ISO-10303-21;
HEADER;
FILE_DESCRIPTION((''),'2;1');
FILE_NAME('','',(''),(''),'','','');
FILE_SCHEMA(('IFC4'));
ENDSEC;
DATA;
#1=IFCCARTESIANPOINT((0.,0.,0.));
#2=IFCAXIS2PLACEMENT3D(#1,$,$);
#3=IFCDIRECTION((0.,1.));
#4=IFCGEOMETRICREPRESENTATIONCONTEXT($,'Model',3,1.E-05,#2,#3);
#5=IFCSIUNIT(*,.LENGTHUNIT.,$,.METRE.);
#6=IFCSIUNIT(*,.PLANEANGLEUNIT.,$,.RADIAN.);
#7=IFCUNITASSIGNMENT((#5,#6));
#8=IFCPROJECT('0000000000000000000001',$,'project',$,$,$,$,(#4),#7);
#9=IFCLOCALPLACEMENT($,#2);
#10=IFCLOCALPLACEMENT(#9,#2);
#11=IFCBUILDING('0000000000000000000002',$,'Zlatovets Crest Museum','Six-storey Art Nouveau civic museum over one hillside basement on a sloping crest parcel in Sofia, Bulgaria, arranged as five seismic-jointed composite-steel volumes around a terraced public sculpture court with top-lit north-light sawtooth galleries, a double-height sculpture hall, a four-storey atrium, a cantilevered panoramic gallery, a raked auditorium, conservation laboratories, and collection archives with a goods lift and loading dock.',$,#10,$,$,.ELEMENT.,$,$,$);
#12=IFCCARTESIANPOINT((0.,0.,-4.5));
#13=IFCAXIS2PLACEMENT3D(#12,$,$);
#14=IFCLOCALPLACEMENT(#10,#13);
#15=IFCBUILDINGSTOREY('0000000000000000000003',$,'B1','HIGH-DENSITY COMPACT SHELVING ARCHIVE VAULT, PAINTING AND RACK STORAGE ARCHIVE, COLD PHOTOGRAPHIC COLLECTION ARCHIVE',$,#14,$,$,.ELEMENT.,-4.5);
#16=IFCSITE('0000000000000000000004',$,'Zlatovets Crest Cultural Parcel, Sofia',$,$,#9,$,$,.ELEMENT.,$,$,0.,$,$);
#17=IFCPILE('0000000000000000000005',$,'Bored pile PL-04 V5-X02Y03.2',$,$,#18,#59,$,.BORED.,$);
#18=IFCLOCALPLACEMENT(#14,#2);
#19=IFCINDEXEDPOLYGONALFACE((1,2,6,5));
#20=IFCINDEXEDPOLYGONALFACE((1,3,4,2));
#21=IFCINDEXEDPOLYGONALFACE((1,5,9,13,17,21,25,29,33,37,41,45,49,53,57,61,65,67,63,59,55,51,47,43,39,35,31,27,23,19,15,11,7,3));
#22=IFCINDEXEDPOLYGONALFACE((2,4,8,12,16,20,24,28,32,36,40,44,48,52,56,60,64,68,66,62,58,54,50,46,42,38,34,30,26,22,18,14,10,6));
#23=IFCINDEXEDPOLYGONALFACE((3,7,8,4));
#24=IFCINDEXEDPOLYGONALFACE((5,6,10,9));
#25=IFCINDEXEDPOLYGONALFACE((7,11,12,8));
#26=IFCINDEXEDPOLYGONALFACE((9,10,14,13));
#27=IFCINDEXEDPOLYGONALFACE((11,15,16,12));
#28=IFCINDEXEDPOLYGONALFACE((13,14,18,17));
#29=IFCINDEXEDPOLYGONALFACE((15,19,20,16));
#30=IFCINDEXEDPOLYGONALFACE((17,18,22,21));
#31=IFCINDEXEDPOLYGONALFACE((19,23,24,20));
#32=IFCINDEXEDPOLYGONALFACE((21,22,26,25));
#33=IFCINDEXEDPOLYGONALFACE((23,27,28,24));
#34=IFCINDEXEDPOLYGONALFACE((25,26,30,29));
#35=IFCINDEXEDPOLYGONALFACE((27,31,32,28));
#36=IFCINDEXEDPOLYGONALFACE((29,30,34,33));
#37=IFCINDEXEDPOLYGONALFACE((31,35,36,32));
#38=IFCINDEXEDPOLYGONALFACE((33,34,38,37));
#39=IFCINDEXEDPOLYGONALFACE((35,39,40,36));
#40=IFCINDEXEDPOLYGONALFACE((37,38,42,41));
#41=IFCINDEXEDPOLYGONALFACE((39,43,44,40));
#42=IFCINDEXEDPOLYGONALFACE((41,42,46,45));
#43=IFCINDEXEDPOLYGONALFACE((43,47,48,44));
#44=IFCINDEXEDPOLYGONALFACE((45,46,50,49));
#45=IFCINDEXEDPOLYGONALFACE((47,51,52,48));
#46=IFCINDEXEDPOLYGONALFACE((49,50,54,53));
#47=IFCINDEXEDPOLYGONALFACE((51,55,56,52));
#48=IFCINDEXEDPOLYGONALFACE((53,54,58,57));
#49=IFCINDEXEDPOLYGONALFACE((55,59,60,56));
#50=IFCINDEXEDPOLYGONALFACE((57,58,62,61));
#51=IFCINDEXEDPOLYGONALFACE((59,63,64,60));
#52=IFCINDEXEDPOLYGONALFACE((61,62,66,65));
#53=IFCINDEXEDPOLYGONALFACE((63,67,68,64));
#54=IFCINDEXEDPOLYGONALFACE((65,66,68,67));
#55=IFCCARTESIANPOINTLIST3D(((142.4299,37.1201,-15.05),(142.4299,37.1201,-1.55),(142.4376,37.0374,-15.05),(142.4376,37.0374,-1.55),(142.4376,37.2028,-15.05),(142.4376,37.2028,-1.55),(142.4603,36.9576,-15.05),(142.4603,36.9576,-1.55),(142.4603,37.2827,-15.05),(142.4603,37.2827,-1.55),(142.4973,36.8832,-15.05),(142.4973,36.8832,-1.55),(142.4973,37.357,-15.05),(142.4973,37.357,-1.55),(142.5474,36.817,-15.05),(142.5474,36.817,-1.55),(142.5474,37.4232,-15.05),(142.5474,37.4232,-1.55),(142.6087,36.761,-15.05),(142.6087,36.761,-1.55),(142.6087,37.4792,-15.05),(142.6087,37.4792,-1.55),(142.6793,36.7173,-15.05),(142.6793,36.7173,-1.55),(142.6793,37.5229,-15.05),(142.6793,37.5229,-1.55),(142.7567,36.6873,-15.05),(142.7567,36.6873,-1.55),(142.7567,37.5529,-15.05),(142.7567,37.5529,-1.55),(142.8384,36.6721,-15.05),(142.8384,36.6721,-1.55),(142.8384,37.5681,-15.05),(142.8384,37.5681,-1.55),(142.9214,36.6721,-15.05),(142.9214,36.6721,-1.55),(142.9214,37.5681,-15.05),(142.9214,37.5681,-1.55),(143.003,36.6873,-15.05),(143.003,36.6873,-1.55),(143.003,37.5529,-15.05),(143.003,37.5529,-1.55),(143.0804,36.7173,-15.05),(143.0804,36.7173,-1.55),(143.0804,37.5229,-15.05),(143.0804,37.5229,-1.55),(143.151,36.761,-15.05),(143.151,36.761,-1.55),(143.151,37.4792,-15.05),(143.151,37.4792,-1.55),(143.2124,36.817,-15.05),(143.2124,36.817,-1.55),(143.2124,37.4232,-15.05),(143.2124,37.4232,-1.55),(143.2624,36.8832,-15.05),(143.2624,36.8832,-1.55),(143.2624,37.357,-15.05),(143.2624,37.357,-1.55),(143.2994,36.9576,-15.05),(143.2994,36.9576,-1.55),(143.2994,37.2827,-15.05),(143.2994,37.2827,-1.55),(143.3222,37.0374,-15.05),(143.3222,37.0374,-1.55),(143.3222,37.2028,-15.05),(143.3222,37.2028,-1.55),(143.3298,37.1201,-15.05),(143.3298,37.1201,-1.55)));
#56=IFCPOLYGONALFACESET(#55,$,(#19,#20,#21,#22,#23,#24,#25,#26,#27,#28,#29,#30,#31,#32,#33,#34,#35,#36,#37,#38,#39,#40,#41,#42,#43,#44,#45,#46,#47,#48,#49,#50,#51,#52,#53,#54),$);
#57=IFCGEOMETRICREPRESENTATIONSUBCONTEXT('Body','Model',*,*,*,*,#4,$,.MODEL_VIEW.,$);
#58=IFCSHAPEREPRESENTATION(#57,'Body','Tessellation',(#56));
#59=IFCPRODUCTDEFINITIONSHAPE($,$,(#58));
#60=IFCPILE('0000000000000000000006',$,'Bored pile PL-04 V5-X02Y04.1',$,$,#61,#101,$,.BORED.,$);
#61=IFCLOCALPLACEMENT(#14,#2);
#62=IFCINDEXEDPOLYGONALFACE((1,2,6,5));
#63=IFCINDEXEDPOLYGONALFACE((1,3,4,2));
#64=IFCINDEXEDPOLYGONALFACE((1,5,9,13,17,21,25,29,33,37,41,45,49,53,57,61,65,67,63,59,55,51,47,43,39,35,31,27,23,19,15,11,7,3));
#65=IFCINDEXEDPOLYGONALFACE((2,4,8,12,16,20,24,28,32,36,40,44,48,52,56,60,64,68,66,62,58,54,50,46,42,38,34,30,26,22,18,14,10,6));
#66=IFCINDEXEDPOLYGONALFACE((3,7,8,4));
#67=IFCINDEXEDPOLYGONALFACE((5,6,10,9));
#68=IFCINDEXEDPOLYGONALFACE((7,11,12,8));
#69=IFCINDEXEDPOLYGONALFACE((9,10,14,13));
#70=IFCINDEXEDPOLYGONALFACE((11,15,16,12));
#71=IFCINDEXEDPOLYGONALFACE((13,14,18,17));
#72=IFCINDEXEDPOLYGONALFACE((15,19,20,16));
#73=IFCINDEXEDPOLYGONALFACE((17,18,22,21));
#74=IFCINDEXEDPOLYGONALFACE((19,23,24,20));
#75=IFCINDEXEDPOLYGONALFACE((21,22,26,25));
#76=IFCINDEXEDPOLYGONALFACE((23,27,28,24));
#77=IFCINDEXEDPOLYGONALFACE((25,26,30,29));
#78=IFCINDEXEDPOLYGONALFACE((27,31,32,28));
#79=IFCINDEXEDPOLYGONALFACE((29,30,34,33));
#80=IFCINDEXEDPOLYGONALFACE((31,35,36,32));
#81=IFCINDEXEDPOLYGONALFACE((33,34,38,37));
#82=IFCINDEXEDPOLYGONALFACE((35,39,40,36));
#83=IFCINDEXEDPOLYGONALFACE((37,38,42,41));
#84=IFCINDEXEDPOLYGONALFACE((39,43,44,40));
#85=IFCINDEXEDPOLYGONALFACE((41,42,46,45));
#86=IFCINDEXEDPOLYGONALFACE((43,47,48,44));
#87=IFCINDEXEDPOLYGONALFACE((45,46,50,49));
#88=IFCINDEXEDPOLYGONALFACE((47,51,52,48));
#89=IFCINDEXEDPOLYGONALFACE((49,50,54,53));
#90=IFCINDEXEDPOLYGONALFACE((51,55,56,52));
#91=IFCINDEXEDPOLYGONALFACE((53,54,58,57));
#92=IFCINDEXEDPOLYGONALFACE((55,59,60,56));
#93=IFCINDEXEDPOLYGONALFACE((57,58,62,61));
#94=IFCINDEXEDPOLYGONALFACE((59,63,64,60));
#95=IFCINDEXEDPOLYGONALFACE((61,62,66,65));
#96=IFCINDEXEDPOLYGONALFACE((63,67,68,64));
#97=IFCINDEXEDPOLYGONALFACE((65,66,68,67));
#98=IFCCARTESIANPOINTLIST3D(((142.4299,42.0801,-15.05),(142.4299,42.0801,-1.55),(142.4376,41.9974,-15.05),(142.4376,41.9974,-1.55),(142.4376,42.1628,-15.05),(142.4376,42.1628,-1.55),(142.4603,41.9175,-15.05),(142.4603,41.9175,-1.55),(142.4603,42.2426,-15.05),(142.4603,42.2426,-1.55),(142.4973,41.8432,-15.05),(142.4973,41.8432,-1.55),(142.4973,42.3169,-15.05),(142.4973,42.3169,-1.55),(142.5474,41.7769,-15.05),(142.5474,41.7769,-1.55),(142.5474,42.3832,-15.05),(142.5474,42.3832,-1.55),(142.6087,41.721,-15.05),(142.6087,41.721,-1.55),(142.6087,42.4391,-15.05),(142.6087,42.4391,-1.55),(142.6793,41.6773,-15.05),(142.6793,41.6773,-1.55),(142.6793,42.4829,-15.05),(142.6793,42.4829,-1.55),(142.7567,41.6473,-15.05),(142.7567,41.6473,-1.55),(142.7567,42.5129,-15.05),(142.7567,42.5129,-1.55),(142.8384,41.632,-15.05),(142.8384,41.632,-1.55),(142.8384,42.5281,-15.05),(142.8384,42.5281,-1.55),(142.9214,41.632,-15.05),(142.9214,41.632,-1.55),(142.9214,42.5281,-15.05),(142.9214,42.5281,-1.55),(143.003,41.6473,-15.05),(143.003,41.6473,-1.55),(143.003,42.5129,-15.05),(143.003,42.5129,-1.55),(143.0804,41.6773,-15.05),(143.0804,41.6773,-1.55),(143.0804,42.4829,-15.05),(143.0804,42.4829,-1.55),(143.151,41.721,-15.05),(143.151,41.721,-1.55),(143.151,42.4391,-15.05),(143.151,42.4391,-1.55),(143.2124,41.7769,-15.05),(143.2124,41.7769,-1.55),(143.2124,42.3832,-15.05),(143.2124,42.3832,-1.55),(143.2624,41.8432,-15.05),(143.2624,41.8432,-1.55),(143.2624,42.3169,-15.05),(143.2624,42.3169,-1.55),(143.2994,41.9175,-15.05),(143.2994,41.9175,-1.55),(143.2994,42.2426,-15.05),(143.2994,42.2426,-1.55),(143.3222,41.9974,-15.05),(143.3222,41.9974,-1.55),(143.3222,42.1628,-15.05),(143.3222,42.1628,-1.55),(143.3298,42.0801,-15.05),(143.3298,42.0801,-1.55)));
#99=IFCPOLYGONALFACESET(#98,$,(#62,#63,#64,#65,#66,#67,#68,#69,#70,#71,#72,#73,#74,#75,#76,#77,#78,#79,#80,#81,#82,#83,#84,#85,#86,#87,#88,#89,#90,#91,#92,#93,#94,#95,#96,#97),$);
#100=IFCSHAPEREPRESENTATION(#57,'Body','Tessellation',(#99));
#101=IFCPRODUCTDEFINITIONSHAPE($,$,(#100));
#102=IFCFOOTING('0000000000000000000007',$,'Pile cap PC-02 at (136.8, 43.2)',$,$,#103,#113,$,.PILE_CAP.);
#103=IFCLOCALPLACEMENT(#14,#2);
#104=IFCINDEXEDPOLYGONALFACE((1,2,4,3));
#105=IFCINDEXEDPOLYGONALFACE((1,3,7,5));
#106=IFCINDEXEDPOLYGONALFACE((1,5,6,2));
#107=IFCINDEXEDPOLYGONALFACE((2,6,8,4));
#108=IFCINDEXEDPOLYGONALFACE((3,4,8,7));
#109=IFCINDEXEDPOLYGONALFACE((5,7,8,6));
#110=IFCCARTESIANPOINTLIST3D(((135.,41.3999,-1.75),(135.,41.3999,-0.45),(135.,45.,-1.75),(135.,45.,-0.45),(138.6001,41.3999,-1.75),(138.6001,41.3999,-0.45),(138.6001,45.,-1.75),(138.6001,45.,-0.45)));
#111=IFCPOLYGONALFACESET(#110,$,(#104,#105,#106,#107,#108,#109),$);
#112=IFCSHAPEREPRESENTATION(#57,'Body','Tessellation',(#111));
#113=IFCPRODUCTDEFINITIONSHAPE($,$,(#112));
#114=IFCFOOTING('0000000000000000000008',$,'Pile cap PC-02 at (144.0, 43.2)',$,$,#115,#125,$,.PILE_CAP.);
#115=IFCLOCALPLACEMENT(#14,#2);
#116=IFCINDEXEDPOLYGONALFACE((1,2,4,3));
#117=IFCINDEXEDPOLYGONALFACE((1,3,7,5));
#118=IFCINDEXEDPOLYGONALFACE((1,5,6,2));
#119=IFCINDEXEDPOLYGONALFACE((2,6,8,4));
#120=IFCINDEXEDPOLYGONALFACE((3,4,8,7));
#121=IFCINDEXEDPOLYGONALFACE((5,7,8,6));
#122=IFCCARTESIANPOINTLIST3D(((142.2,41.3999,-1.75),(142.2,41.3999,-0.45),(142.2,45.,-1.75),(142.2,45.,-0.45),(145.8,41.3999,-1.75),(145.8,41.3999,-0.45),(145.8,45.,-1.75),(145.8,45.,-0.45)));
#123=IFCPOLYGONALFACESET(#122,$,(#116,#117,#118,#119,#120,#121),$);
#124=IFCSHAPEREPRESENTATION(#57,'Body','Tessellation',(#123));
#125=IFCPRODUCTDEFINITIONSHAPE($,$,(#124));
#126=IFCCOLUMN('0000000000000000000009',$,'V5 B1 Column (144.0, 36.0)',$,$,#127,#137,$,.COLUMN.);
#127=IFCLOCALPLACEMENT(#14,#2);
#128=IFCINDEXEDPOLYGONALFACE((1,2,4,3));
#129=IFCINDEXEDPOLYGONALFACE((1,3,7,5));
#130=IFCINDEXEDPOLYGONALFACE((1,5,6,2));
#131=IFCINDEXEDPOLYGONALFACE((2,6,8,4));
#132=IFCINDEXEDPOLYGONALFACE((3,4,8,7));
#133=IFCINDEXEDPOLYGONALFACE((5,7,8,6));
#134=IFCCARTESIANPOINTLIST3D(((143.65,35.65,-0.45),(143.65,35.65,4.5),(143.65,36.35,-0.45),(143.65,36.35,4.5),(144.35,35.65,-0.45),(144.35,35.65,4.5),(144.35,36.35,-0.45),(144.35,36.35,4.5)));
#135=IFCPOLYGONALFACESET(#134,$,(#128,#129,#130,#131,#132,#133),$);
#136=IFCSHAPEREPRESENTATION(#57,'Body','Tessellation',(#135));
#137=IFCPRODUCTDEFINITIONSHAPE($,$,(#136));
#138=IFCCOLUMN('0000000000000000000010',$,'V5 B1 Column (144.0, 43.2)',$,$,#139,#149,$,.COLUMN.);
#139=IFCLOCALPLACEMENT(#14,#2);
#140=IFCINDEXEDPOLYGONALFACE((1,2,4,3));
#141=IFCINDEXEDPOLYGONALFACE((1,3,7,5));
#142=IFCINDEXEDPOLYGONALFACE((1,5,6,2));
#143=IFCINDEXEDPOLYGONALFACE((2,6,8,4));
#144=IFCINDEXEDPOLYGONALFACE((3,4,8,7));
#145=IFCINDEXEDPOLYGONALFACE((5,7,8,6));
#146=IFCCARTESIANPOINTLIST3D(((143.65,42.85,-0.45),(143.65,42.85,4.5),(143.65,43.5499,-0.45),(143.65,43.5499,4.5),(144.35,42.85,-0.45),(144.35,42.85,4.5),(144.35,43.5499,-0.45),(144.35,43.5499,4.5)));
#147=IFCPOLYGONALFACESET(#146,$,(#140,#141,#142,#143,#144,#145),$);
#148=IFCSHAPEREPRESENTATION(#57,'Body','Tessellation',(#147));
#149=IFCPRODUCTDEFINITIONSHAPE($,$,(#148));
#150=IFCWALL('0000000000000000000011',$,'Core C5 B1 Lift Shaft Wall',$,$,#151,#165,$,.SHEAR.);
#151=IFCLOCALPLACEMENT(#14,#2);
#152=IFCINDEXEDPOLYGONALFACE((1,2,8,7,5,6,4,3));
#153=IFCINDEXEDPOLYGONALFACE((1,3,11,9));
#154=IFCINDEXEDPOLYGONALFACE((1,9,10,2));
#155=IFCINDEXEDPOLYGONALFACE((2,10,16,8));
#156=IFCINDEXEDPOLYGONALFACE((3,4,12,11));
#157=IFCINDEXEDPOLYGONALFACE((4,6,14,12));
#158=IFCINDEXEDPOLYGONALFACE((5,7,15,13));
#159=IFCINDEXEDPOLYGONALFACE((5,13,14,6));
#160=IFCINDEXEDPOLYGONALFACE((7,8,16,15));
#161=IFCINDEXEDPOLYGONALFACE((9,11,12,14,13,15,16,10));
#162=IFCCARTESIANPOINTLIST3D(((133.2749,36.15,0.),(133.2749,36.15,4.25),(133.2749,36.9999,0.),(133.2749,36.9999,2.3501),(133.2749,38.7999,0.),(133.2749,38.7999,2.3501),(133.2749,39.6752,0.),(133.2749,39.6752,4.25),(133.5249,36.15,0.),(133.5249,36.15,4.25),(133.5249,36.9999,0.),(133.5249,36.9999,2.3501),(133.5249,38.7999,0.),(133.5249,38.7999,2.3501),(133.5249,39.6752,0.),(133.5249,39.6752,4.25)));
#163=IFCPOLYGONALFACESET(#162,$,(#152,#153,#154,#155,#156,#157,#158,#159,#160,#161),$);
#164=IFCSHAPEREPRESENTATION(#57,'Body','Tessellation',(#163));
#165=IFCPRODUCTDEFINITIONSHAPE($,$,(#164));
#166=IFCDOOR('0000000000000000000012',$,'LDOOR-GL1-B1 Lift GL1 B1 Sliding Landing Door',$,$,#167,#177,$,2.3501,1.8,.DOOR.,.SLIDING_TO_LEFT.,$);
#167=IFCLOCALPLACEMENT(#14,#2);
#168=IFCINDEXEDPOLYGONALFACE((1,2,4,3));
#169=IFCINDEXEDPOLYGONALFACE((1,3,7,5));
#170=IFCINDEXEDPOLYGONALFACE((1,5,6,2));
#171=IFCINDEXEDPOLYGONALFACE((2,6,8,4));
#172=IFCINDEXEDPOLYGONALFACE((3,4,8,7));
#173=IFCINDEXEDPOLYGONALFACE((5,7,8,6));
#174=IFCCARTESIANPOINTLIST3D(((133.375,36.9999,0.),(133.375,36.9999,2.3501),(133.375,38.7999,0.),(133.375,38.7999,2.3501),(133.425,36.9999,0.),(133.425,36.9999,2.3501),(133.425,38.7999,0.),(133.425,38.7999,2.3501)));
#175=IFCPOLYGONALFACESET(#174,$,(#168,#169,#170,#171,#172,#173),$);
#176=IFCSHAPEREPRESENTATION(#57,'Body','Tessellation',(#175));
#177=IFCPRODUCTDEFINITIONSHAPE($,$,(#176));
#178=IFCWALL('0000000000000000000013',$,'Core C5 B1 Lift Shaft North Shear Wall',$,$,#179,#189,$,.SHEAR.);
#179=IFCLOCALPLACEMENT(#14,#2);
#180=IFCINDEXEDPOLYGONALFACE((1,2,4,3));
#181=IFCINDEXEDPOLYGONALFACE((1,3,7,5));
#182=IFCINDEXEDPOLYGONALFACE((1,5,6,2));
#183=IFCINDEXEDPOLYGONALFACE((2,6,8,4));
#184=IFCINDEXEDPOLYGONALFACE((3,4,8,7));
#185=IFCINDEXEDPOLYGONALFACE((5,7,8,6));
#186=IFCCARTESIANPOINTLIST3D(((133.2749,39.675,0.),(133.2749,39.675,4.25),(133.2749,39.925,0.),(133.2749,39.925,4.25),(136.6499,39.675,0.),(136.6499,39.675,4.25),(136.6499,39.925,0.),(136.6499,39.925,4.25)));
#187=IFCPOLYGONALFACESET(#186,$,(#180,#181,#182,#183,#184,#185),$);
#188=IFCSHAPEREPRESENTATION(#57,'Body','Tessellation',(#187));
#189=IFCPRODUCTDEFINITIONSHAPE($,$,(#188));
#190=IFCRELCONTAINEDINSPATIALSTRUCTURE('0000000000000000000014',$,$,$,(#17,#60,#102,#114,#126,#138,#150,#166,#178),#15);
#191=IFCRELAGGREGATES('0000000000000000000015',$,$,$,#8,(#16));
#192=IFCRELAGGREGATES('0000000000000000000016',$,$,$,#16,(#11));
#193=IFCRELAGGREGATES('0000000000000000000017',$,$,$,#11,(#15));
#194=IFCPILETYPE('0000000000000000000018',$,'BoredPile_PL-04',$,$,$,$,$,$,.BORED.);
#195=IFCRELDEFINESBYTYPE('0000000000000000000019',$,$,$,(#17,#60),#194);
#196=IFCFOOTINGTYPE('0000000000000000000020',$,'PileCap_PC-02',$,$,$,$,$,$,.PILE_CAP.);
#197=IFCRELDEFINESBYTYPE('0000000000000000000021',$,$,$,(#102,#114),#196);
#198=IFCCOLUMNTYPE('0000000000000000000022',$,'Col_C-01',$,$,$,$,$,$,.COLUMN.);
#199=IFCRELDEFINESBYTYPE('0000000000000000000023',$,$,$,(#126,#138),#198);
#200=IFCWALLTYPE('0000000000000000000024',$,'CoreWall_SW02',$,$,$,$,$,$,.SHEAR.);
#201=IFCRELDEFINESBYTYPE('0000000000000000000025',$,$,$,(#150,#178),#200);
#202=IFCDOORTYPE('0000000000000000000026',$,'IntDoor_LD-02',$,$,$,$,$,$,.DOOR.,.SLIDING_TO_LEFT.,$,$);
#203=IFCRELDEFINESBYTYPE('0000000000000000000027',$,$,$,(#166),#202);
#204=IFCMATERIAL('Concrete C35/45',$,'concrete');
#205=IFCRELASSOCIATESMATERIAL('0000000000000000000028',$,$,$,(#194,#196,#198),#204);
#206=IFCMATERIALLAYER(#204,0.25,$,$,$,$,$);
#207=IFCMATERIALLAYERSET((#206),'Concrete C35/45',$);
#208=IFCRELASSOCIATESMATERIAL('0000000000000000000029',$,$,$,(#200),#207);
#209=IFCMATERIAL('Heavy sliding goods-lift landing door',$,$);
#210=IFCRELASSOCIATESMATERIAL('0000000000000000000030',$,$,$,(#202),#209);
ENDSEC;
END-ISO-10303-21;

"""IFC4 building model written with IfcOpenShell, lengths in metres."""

from ifc_helpers import new_model, si_unit, direction, frame, frame_2d, origin, origin_2d, place, context, subcontext, project, spatial, rectangle, circle, extrude, material, layer, layer_set, material_profile, profile_set, type_object, element, fill, save


model = new_model("IFC4")

# Units and contexts
model_context = context("Model", 3, precision=1e-05, world=origin(), true_north=direction((0.0, 1.0)))
body_context = subcontext(model_context, "Body", "Model", "MODEL_VIEW")
ifc_project = project(units=[si_unit("LENGTHUNIT", "METRE"), si_unit("PLANEANGLEUNIT", "RADIAN")], contexts=[model_context])

# Site, building, storey
site_placement = place(None, origin())
site = spatial("IfcSite", under=ifc_project, at=site_placement, Name="Zlatovets Crest Cultural Parcel, Sofia", CompositionType="ELEMENT", RefElevation=0.0)
building_placement = place(site_placement, origin())
building = spatial("IfcBuilding", under=site, at=building_placement, Name="Zlatovets Crest Museum", Description="Six-storey Art Nouveau civic museum over one hillside basement on a sloping crest parcel in Sofia, Bulgaria, arranged as five seismic-jointed composite-steel volumes around a terraced public sculpture court with top-lit north-light sawtooth galleries, a double-height sculpture hall, a four-storey atrium, a cantilevered panoramic gallery, a raked auditorium, conservation laboratories, and collection archives with a goods lift and loading dock.", CompositionType="ELEMENT")
storey_placement = place(building_placement, frame((0.0, 0.0, -4.5)))
storey = spatial("IfcBuildingStorey", under=building, at=storey_placement, Name="B1", Description="HIGH-DENSITY COMPACT SHELVING ARCHIVE VAULT, PAINTING AND RACK STORAGE ARCHIVE, COLD PHOTOGRAPHIC COLLECTION ARCHIVE", CompositionType="ELEMENT", Elevation=-4.5)

# Piles
ifc_material_1 = material(Name="Concrete C35/45", Category="concrete")
ifc_material_profile_1 = material_profile(ifc_material_1, circle(Radius=0.45, at=origin_2d()), Name="PILE D900")
ifc_profile_set_1 = profile_set([ifc_material_profile_1], Name="Concrete C35/45")
pile_type = type_object("IfcPileType", Name="BoredPile_PL-04", PredefinedType="BORED", material=ifc_profile_set_1)
for number, where, z_axis, x_axis, name in (
    (1, (142.8799, 37.1201, -1.55), (0.0, 0.0, -1.0), (1.0, 0.0, 0.0), "Bored pile PL-04 V5-X02Y03.2"),
    (2, (142.8799, 42.0801, -1.55), (0.0, 0.0, -1.0), (1.0, 0.0, 0.0), "Bored pile PL-04 V5-X02Y04.1"),
):
    element("IfcPile", number, at=place(storey_placement, frame(where, z_axis=z_axis, x_axis=x_axis)), inside=storey, type_object=pile_type, Name=name, PredefinedType="BORED", context=body_context, shape_type="SweptSolid", body=[
        extrude(circle(Radius=0.45, at=origin_2d()), origin(), (0.0, 0.0, 1.0), 13.5),
    ])

# Footings
footing_type = type_object("IfcFootingType", Name="PileCap_PC-02", PredefinedType="PILE_CAP", material=ifc_material_1)
for number, where, z_axis, x_axis, name in (
    (3, (136.8, 43.2, -1.75), (0.0, 0.0, 1.0), (1.0, 0.0, 0.0), "Pile cap PC-02 at (136.8, 43.2)"),
    (4, (144.0, 43.2, -1.75), (0.0, 0.0, 1.0), (1.0, 0.0, 0.0), "Pile cap PC-02 at (144.0, 43.2)"),
):
    element("IfcFooting", number, at=place(storey_placement, frame(where, z_axis=z_axis, x_axis=x_axis)), inside=storey, type_object=footing_type, Name=name, PredefinedType="PILE_CAP", context=body_context, shape_type="SweptSolid", body=[
        extrude(rectangle(XDim=3.6001, YDim=3.6001, at=origin_2d()), origin(), (0.0, 0.0, 1.0), 1.3),
    ])

# Columns
ifc_material_profile_2 = material_profile(ifc_material_1, rectangle(XDim=0.7, YDim=0.7, at=origin_2d()), Name="RC 700x700")
ifc_profile_set_2 = profile_set([ifc_material_profile_2], Name="Concrete C35/45")
column_type = type_object("IfcColumnType", Name="Col_C-01", PredefinedType="COLUMN", material=ifc_profile_set_2)
for number, where, z_axis, x_axis, name in (
    (5, (144.0, 36.0, -0.45), (0.0, 0.0, 1.0), (0.0, 1.0, 0.0), "V5 B1 Column (144.0, 36.0)"),
    (6, (144.0, 43.2, -0.45), (0.0, 0.0, 1.0), (1.0, 0.0, 0.0), "V5 B1 Column (144.0, 43.2)"),
):
    element("IfcColumn", number, at=place(storey_placement, frame(where, z_axis=z_axis, x_axis=x_axis)), inside=storey, type_object=column_type, Name=name, PredefinedType="COLUMN", context=body_context, shape_type="SweptSolid", body=[
        extrude(rectangle(XDim=0.7, YDim=0.7, at=origin_2d()), origin(), (0.0, 0.0, 1.0), 4.95),
    ])

# Wall, opening, door
ifc_layer_1 = layer(ifc_material_1, 0.25)
ifc_layer_set_1 = layer_set([ifc_layer_1], Name="Concrete C35/45")
wall_type_1 = type_object("IfcWallType", Name="CoreWall_SW02", PredefinedType="SHEAR", material=ifc_layer_set_1)
wall_1_placement = place(storey_placement, frame((133.3999, 36.1499, 0.0), z_axis=(0.0, 0.0, 1.0), x_axis=(0.0, 1.0, 0.0)))
wall_1 = element("IfcWall", 7, at=wall_1_placement, inside=storey, type_object=wall_type_1, Name="Core C5 B1 Lift Shaft Wall", PredefinedType="SHEAR", context=body_context, shape_type="SweptSolid", body=[
    extrude(rectangle(XDim=3.5251, YDim=0.25, at=frame_2d((1.7627, 0.0))), origin(), (0.0, 0.0, 1.0), 4.25),
])
opening_1_placement = place(wall_1_placement, frame((0.8501, 0.0, 0.0)))
opening_1 = element("IfcOpeningElement", 8, at=opening_1_placement, cuts=wall_1, PredefinedType="OPENING", context=body_context, shape_type="SweptSolid", body=[
    extrude(rectangle(XDim=1.8, YDim=2.3501, at=frame_2d((0.8999, 1.175))), frame((0.0, 0.135, 0.0), z_axis=(0.0, -1.0, 0.0), x_axis=(1.0, 0.0, 0.0)), (0.0, 0.0, 1.0), 0.27),
])
ifc_material_2 = material(Name="Heavy sliding goods-lift landing door")
door_type_1 = type_object("IfcDoorType", Name="IntDoor_LD-02", OperationType="SLIDING_TO_LEFT", PredefinedType="DOOR", material=ifc_material_2)
door_1_placement = place(opening_1_placement, origin())
door_1 = element("IfcDoor", 9, at=door_1_placement, inside=storey, type_object=door_type_1, Name="LDOOR-GL1-B1 Lift GL1 B1 Sliding Landing Door", OperationType="SLIDING_TO_LEFT", OverallHeight=2.3501, OverallWidth=1.8, PredefinedType="DOOR", context=body_context, shape_type="SweptSolid", body=[
    extrude(rectangle(XDim=1.8, YDim=2.3501, at=frame_2d((0.8999, 1.175))), frame((0.0, 0.0249, 0.0), z_axis=(0.0, -1.0, 0.0), x_axis=(1.0, 0.0, 0.0)), (0.0, 0.0, 1.0), 0.05),
])
fill(opening_1, door_1)

# Wall
wall_2_placement = place(storey_placement, frame((133.2749, 39.8, 0.0), z_axis=(0.0, 0.0, 1.0), x_axis=(1.0, 0.0, 0.0)))
element("IfcWall", 10, at=wall_2_placement, inside=storey, type_object=wall_type_1, Name="Core C5 B1 Lift Shaft North Shear Wall", PredefinedType="SHEAR", context=body_context, shape_type="SweptSolid", body=[
    extrude(rectangle(XDim=3.375, YDim=0.25, at=frame_2d((1.6875, 0.0))), origin(), (0.0, 0.0, 1.0), 4.25),
])

save(model, "model.ifc")
